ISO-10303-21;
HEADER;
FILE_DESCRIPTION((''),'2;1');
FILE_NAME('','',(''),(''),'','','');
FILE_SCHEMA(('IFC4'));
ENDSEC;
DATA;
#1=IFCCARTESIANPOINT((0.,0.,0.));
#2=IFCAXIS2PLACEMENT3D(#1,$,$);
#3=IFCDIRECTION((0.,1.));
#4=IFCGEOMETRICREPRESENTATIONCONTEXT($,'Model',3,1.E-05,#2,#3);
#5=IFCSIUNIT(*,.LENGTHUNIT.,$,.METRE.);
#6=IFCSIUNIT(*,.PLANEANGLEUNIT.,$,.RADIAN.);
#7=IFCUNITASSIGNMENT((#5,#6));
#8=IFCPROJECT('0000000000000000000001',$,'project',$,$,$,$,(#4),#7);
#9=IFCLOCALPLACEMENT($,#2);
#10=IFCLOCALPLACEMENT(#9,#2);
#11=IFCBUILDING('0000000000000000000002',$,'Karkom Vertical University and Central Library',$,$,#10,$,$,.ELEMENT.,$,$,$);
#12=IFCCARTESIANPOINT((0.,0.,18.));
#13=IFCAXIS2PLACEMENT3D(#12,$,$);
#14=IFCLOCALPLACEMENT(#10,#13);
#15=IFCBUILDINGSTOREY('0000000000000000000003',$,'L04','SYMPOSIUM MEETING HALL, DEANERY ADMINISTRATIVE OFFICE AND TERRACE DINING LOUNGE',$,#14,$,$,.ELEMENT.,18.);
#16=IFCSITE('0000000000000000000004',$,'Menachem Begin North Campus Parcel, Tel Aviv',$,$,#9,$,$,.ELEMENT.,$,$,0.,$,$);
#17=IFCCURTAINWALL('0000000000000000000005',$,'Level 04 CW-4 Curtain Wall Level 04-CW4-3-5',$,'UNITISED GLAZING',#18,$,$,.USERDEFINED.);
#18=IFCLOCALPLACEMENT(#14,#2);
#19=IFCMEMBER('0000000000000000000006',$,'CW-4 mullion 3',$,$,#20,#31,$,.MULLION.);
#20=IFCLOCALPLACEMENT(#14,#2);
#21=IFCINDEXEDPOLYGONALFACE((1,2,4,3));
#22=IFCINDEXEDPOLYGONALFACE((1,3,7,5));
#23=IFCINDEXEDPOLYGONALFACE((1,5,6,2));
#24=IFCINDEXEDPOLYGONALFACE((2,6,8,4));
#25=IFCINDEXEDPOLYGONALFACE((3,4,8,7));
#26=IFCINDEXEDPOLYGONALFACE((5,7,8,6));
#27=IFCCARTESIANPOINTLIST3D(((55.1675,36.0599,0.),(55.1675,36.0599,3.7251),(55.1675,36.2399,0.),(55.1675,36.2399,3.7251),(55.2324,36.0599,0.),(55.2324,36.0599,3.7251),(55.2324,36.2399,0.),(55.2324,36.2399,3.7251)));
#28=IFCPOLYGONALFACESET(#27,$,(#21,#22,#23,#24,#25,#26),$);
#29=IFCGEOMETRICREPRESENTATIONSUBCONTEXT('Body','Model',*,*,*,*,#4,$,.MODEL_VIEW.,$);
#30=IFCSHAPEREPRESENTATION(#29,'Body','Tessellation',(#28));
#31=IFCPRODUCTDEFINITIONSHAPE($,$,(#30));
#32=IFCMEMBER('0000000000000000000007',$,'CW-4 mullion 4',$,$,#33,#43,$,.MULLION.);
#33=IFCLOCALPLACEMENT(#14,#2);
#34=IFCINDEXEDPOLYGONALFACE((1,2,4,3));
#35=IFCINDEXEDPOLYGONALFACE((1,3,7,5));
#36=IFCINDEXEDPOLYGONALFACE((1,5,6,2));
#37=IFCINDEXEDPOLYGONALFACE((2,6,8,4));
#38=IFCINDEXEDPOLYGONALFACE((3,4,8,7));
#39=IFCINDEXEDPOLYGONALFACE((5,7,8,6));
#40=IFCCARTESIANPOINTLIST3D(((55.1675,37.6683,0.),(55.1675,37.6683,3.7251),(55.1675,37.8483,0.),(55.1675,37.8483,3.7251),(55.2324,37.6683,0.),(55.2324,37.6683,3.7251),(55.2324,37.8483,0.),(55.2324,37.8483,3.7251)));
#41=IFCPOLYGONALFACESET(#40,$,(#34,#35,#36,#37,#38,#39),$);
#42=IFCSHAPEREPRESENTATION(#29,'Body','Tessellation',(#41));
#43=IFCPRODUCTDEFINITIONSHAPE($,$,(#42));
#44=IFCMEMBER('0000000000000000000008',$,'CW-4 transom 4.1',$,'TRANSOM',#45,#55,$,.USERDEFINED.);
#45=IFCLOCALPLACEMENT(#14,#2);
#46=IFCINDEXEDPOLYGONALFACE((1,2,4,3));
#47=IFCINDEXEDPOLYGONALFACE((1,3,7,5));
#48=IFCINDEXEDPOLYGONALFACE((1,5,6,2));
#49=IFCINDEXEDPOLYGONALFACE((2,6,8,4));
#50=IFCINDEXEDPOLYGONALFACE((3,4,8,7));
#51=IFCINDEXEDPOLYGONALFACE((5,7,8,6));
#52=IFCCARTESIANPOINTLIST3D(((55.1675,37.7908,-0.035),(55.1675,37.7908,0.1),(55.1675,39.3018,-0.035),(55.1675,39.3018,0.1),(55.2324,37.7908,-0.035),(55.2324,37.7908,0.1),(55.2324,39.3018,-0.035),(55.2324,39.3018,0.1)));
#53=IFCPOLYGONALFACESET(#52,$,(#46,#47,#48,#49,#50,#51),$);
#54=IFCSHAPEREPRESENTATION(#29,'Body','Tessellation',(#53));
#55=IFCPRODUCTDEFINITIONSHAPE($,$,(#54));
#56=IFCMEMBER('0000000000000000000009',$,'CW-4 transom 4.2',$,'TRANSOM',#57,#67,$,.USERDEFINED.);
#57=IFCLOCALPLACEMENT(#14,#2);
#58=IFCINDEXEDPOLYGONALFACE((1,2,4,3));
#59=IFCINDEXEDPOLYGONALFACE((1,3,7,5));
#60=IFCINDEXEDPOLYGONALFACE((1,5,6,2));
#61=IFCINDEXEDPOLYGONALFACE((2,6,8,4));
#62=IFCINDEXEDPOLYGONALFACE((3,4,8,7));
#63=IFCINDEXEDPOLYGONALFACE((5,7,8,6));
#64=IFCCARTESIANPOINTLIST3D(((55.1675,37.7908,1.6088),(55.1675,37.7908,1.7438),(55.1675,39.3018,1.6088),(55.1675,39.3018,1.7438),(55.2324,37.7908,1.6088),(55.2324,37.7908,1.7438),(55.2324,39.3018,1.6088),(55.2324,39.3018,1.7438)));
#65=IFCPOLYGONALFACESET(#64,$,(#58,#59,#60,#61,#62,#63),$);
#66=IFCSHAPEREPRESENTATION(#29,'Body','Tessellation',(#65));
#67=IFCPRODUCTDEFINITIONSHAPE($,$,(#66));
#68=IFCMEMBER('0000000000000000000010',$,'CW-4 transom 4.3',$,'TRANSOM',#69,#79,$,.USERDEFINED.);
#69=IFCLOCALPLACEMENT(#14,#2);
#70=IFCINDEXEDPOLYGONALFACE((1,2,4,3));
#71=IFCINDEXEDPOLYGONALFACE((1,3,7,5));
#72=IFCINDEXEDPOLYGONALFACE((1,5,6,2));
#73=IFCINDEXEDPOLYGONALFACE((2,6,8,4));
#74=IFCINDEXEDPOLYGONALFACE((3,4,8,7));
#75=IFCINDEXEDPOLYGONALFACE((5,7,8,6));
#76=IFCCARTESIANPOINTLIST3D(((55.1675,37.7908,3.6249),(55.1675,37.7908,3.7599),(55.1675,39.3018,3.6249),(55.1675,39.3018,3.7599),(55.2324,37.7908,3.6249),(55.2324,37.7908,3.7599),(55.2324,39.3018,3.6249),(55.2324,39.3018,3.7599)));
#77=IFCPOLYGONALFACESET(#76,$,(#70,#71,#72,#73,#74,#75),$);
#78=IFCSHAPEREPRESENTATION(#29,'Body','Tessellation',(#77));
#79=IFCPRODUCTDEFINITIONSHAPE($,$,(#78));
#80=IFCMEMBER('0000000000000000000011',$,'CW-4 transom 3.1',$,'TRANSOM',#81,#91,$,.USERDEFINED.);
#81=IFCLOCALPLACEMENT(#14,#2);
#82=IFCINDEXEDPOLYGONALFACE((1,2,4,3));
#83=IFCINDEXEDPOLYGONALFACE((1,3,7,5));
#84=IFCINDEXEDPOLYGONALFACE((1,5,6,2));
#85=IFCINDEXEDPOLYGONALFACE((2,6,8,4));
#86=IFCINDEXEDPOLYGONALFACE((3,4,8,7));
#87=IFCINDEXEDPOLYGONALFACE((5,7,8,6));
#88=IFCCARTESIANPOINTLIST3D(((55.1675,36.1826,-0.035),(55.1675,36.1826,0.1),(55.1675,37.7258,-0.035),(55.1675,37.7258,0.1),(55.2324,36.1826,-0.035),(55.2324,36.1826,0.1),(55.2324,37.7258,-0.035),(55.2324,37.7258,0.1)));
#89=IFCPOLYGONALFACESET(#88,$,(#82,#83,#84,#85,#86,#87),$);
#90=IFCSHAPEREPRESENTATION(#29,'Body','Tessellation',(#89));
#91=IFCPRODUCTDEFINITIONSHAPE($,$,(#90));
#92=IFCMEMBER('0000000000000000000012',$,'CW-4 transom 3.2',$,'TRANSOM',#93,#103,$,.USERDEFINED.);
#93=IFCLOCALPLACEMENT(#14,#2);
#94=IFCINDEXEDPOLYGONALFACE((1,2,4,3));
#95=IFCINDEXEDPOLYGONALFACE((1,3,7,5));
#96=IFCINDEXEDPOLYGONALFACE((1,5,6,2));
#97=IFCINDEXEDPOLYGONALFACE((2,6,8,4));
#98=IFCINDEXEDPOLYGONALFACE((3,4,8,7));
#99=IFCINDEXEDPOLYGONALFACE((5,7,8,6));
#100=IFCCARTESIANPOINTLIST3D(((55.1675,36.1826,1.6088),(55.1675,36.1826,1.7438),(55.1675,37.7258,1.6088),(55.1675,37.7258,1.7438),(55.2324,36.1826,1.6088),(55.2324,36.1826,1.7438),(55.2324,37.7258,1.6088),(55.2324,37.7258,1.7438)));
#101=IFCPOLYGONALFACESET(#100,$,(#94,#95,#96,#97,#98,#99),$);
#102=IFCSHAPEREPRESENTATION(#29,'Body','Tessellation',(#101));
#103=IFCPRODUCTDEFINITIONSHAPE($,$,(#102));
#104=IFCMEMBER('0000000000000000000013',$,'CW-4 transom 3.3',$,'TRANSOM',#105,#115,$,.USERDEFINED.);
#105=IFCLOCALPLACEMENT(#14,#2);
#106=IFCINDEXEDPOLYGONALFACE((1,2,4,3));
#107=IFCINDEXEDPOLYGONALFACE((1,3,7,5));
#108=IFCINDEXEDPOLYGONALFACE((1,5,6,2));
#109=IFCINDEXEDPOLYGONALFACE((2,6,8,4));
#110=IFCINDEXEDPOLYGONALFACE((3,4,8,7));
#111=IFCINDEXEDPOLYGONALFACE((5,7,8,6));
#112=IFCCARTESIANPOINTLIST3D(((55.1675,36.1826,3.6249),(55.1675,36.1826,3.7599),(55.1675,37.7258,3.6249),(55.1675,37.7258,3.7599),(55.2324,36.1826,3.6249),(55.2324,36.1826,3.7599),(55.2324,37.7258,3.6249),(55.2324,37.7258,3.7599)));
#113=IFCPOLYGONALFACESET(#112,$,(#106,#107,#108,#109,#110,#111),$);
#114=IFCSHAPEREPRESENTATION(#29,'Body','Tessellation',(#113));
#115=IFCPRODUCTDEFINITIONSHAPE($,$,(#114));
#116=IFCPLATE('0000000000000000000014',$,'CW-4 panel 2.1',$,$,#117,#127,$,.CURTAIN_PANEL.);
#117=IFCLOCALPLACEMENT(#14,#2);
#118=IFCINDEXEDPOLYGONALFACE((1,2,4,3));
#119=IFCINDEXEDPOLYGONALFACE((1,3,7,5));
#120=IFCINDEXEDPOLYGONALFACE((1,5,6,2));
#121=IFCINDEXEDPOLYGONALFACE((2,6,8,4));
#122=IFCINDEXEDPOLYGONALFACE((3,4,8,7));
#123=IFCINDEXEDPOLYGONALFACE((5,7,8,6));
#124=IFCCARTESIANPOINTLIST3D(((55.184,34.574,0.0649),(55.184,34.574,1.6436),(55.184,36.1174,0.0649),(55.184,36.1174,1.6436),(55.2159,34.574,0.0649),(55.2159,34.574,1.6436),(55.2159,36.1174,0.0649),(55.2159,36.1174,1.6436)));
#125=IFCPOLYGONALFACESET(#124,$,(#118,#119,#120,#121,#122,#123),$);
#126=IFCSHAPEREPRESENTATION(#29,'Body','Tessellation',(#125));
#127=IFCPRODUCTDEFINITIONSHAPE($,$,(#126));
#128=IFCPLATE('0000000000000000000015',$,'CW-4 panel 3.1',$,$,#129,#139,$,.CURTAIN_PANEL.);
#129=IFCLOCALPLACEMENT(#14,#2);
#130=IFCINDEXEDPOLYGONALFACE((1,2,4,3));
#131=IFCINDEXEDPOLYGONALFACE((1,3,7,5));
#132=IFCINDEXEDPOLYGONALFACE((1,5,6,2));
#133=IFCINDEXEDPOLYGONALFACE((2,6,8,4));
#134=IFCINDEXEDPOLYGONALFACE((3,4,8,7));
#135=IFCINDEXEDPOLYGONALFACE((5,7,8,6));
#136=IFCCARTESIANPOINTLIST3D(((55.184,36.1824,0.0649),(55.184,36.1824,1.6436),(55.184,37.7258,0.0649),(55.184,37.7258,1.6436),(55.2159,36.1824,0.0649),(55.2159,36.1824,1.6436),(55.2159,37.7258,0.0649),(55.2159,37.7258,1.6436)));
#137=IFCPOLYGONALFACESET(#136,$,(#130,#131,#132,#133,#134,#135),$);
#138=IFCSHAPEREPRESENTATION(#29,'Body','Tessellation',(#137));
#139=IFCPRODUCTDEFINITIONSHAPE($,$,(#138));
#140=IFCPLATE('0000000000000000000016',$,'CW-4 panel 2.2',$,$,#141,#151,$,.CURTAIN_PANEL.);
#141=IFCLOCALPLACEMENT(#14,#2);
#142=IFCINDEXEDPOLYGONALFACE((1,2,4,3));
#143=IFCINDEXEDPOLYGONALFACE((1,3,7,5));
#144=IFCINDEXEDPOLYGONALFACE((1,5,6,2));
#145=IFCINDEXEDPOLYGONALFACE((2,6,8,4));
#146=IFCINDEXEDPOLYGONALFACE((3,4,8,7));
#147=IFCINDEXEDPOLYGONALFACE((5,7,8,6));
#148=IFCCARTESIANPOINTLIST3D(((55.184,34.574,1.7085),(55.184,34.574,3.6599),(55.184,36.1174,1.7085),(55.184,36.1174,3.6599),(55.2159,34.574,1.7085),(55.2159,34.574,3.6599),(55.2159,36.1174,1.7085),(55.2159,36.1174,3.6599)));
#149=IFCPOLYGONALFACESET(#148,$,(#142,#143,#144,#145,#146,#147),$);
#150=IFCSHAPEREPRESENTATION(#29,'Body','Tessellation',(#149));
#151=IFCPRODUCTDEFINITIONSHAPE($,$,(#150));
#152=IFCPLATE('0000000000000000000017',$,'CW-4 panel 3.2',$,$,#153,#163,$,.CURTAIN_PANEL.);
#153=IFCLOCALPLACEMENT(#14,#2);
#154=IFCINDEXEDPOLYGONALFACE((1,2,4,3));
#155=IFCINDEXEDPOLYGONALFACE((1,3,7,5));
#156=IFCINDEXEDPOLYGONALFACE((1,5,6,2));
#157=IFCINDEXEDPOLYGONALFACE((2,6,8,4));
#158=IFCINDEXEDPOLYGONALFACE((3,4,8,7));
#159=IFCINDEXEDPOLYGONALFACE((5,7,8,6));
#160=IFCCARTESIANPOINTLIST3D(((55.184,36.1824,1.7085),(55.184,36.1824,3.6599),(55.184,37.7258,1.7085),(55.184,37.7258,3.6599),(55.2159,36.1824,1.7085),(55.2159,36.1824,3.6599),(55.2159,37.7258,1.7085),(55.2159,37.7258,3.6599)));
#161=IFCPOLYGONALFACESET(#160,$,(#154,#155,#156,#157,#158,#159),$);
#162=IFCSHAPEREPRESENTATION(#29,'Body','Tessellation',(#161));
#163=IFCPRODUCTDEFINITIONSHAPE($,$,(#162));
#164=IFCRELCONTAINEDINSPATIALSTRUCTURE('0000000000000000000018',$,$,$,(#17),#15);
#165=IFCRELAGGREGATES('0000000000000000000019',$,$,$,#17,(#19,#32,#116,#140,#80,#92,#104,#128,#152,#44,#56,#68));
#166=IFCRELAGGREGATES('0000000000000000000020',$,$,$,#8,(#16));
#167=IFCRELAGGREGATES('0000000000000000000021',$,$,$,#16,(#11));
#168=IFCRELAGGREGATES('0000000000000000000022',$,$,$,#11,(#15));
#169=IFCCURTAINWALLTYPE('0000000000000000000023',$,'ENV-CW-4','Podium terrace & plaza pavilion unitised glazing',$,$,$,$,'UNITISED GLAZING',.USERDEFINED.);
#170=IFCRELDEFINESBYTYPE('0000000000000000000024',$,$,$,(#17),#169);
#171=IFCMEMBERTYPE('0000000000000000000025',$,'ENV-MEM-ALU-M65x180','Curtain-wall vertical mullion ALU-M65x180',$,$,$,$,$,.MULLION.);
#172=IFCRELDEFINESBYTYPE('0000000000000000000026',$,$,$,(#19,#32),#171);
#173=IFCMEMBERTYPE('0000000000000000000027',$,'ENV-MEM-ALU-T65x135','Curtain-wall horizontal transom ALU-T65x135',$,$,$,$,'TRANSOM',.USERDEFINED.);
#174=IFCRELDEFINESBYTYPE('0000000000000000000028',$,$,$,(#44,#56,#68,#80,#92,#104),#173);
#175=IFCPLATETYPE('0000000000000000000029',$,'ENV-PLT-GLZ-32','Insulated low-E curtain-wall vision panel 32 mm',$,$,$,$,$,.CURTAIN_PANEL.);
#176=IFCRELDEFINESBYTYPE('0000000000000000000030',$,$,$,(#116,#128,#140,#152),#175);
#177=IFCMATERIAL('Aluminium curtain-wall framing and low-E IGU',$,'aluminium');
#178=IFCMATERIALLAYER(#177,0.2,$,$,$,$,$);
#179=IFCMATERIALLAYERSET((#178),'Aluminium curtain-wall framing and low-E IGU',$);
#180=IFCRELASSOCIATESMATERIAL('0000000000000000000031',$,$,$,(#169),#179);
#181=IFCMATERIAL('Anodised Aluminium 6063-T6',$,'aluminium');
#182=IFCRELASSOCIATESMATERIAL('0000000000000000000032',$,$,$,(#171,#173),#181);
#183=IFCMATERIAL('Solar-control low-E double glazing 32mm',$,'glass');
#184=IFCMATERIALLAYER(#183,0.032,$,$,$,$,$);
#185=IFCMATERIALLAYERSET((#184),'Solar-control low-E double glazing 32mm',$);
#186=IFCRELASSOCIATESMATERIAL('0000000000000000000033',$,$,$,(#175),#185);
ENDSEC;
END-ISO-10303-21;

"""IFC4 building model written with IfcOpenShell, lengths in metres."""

from ifc_helpers import new_model, si_unit, direction, frame, origin, origin_with_axes, origin_2d, place, context, subcontext, project, spatial, rectangle, extrude, source, transform, mapped, material, layer, layer_set, material_profile, profile_set, type_object, element, aggregate, save


model = new_model("IFC4")

# Units and contexts
model_context = context("Model", 3, precision=1e-05, world=origin(), true_north=direction((0.0, 1.0)))
body_context = subcontext(model_context, "Body", "Model", "MODEL_VIEW")
ifc_project = project(units=[si_unit("LENGTHUNIT", "METRE"), si_unit("PLANEANGLEUNIT", "RADIAN")], contexts=[model_context])

# Site, building, storey
site_placement = place(None, origin())
site = spatial("IfcSite", under=ifc_project, at=site_placement, Name="Menachem Begin North Campus Parcel, Tel Aviv", CompositionType="ELEMENT", RefElevation=0.0)
building_placement = place(site_placement, origin())
building = spatial("IfcBuilding", under=site, at=building_placement, Name="Karkom Vertical University and Central Library", CompositionType="ELEMENT")
storey_placement = place(building_placement, frame((0.0, 0.0, 18.0)))
storey = spatial("IfcBuildingStorey", under=building, at=storey_placement, Name="L04", Description="SYMPOSIUM MEETING HALL, DEANERY ADMINISTRATIVE OFFICE AND TERRACE DINING LOUNGE", CompositionType="ELEMENT", Elevation=18.0)

# Curtain wall, members, plates
ifc_material_1 = material(Name="Aluminium curtain-wall framing and low-E IGU", Category="aluminium")
ifc_layer_1 = layer(ifc_material_1, 0.2)
ifc_layer_set_1 = layer_set([ifc_layer_1], Name="Aluminium curtain-wall framing and low-E IGU")
curtain_wall_type = type_object("IfcCurtainWallType", Name="ENV-CW-4", Description="Podium terrace & plaza pavilion unitised glazing", ElementType="UNITISED GLAZING", PredefinedType="USERDEFINED", material=ifc_layer_set_1)
curtain_wall_placement = place(storey_placement, origin())
curtain_wall = element("IfcCurtainWall", 1, at=curtain_wall_placement, inside=storey, type_object=curtain_wall_type, Name="Level 04 CW-4 Curtain Wall Level 04-CW4-3-5", ObjectType="UNITISED GLAZING", PredefinedType="USERDEFINED")
ifc_material_2 = material(Name="Anodised Aluminium 6063-T6", Category="aluminium")
ifc_material_profile_1 = material_profile(ifc_material_2, rectangle(XDim=0.0649, YDim=0.1799, at=origin_2d()), Name="ALU-M65x180")
ifc_profile_set_1 = profile_set([ifc_material_profile_1], Name="Anodised Aluminium 6063-T6")
member_type_1 = type_object("IfcMemberType", Name="ENV-MEM-ALU-M65x180", Description="Curtain-wall vertical mullion ALU-M65x180", PredefinedType="MULLION", material=ifc_profile_set_1)
shared_shape_1 = source(origin_with_axes(), body_context, "Body", "SweptSolid", [
    extrude(rectangle(XDim=0.0649, YDim=0.1799, at=origin_2d()), origin(), (0.0, 0.0, 1.0), 3.7251),
])
member_1_placement = place(storey_placement, frame((55.2, 36.1499, 0.0), z_axis=(0.0, 0.0, 1.0), x_axis=(-1.0, 0.0, 0.0)))
member_1 = element("IfcMember", 2, at=member_1_placement, type_object=member_type_1, Name="CW-4 mullion 3", PredefinedType="MULLION", context=body_context, shape_type="MappedRepresentation", body=[
    mapped(shared_shape_1, transform((0.0, 0.0, 0.0), scale=1.0)),
])
member_2_placement = place(storey_placement, frame((55.2, 37.7583, 0.0), z_axis=(0.0, 0.0, 1.0), x_axis=(-1.0, 0.0, 0.0)))
member_2 = element("IfcMember", 3, at=member_2_placement, type_object=member_type_1, Name="CW-4 mullion 4", PredefinedType="MULLION", context=body_context, shape_type="MappedRepresentation", body=[
    mapped(shared_shape_1, transform((0.0, 0.0, 0.0), scale=1.0)),
])
ifc_material_profile_2 = material_profile(ifc_material_2, rectangle(XDim=0.0649, YDim=0.135, at=origin_2d()), Name="ALU-T65x135")
ifc_profile_set_2 = profile_set([ifc_material_profile_2], Name="Anodised Aluminium 6063-T6")
member_type_2 = type_object("IfcMemberType", Name="ENV-MEM-ALU-T65x135", Description="Curtain-wall horizontal transom ALU-T65x135", ElementType="TRANSOM", PredefinedType="USERDEFINED", material=ifc_profile_set_2)
shared_shape_2 = source(origin_with_axes(), body_context, "Body", "SweptSolid", [
    extrude(rectangle(XDim=0.0649, YDim=0.135, at=origin_2d()), origin(), (0.0, 0.0, 1.0), 1.511),
])
member_3_placement = place(storey_placement, frame((55.2, 37.7908, 0.0325), z_axis=(0.0, 1.0, 0.0), x_axis=(-1.0, 0.0, 0.0)))
member_3 = element("IfcMember", 4, at=member_3_placement, type_object=member_type_2, Name="CW-4 transom 4.1", ObjectType="TRANSOM", PredefinedType="USERDEFINED", context=body_context, shape_type="MappedRepresentation", body=[
    mapped(shared_shape_2, transform((0.0, 0.0, 0.0), scale=1.0)),
])
member_4_placement = place(storey_placement, frame((55.2, 37.7908, 1.6763), z_axis=(0.0, 1.0, 0.0), x_axis=(-1.0, 0.0, 0.0)))
member_4 = element("IfcMember", 5, at=member_4_placement, type_object=member_type_2, Name="CW-4 transom 4.2", ObjectType="TRANSOM", PredefinedType="USERDEFINED", context=body_context, shape_type="MappedRepresentation", body=[
    mapped(shared_shape_2, transform((0.0, 0.0, 0.0), scale=1.0)),
])
member_5_placement = place(storey_placement, frame((55.2, 37.7908, 3.6924), z_axis=(0.0, 1.0, 0.0), x_axis=(-1.0, 0.0, 0.0)))
member_5 = element("IfcMember", 6, at=member_5_placement, type_object=member_type_2, Name="CW-4 transom 4.3", ObjectType="TRANSOM", PredefinedType="USERDEFINED", context=body_context, shape_type="MappedRepresentation", body=[
    mapped(shared_shape_2, transform((0.0, 0.0, 0.0), scale=1.0)),
])
shared_shape_3 = source(origin_with_axes(), body_context, "Body", "SweptSolid", [
    extrude(rectangle(XDim=0.0649, YDim=0.135, at=origin_2d()), origin(), (0.0, 0.0, 1.0), 1.5432),
])
member_6_placement = place(storey_placement, frame((55.2, 36.1826, 0.0325), z_axis=(0.0, 1.0, 0.0), x_axis=(-1.0, 0.0, 0.0)))
member_6 = element("IfcMember", 7, at=member_6_placement, type_object=member_type_2, Name="CW-4 transom 3.1", ObjectType="TRANSOM", PredefinedType="USERDEFINED", context=body_context, shape_type="MappedRepresentation", body=[
    mapped(shared_shape_3, transform((0.0, 0.0, 0.0), scale=1.0)),
])
member_7_placement = place(storey_placement, frame((55.2, 36.1826, 1.6763), z_axis=(0.0, 1.0, 0.0), x_axis=(-1.0, 0.0, 0.0)))
member_7 = element("IfcMember", 8, at=member_7_placement, type_object=member_type_2, Name="CW-4 transom 3.2", ObjectType="TRANSOM", PredefinedType="USERDEFINED", context=body_context, shape_type="MappedRepresentation", body=[
    mapped(shared_shape_3, transform((0.0, 0.0, 0.0), scale=1.0)),
])
member_8_placement = place(storey_placement, frame((55.2, 36.1826, 3.6924), z_axis=(0.0, 1.0, 0.0), x_axis=(-1.0, 0.0, 0.0)))
member_8 = element("IfcMember", 9, at=member_8_placement, type_object=member_type_2, Name="CW-4 transom 3.3", ObjectType="TRANSOM", PredefinedType="USERDEFINED", context=body_context, shape_type="MappedRepresentation", body=[
    mapped(shared_shape_3, transform((0.0, 0.0, 0.0), scale=1.0)),
])
ifc_material_3 = material(Name="Solar-control low-E double glazing 32mm", Category="glass")
ifc_layer_2 = layer(ifc_material_3, 0.032)
ifc_layer_set_2 = layer_set([ifc_layer_2], Name="Solar-control low-E double glazing 32mm")
plate_type = type_object("IfcPlateType", Name="ENV-PLT-GLZ-32", Description="Insulated low-E curtain-wall vision panel 32 mm", PredefinedType="CURTAIN_PANEL", material=ifc_layer_set_2)
shared_shape_4 = source(origin_with_axes(), body_context, "Body", "SweptSolid", [
    extrude(rectangle(XDim=1.5435, YDim=0.032, at=origin_2d()), origin(), (0.0, 0.0, 1.0), 1.5786),
])
plate_1_placement = place(storey_placement, frame((55.2, 35.3457, 0.0649), z_axis=(0.0, 0.0, 1.0), x_axis=(0.0, 1.0, 0.0)))
plate_1 = element("IfcPlate", 10, at=plate_1_placement, type_object=plate_type, Name="CW-4 panel 2.1", PredefinedType="CURTAIN_PANEL", context=body_context, shape_type="MappedRepresentation", body=[
    mapped(shared_shape_4, transform((0.0, 0.0, 0.0), scale=1.0)),
])
plate_2_placement = place(storey_placement, frame((55.2, 36.9541, 0.0649), z_axis=(0.0, 0.0, 1.0), x_axis=(0.0, 1.0, 0.0)))
plate_2 = element("IfcPlate", 11, at=plate_2_placement, type_object=plate_type, Name="CW-4 panel 3.1", PredefinedType="CURTAIN_PANEL", context=body_context, shape_type="MappedRepresentation", body=[
    mapped(shared_shape_4, transform((0.0, 0.0, 0.0), scale=1.0)),
])
shared_shape_5 = source(origin_with_axes(), body_context, "Body", "SweptSolid", [
    extrude(rectangle(XDim=1.5435, YDim=0.032, at=origin_2d()), origin(), (0.0, 0.0, 1.0), 1.9514),
])
plate_3_placement = place(storey_placement, frame((55.2, 35.3457, 1.7085), z_axis=(0.0, 0.0, 1.0), x_axis=(0.0, 1.0, 0.0)))
plate_3 = element("IfcPlate", 12, at=plate_3_placement, type_object=plate_type, Name="CW-4 panel 2.2", PredefinedType="CURTAIN_PANEL", context=body_context, shape_type="MappedRepresentation", body=[
    mapped(shared_shape_5, transform((0.0, 0.0, 0.0), scale=1.0)),
])
plate_4_placement = place(storey_placement, frame((55.2, 36.9541, 1.7085), z_axis=(0.0, 0.0, 1.0), x_axis=(0.0, 1.0, 0.0)))
plate_4 = element("IfcPlate", 13, at=plate_4_placement, type_object=plate_type, Name="CW-4 panel 3.2", PredefinedType="CURTAIN_PANEL", context=body_context, shape_type="MappedRepresentation", body=[
    mapped(shared_shape_5, transform((0.0, 0.0, 0.0), scale=1.0)),
])
aggregate(curtain_wall, [member_1, member_2, plate_1, plate_3, member_6, member_7, member_8, plate_2, plate_4, member_3, member_4, member_5])

save(model, "model.ifc")
